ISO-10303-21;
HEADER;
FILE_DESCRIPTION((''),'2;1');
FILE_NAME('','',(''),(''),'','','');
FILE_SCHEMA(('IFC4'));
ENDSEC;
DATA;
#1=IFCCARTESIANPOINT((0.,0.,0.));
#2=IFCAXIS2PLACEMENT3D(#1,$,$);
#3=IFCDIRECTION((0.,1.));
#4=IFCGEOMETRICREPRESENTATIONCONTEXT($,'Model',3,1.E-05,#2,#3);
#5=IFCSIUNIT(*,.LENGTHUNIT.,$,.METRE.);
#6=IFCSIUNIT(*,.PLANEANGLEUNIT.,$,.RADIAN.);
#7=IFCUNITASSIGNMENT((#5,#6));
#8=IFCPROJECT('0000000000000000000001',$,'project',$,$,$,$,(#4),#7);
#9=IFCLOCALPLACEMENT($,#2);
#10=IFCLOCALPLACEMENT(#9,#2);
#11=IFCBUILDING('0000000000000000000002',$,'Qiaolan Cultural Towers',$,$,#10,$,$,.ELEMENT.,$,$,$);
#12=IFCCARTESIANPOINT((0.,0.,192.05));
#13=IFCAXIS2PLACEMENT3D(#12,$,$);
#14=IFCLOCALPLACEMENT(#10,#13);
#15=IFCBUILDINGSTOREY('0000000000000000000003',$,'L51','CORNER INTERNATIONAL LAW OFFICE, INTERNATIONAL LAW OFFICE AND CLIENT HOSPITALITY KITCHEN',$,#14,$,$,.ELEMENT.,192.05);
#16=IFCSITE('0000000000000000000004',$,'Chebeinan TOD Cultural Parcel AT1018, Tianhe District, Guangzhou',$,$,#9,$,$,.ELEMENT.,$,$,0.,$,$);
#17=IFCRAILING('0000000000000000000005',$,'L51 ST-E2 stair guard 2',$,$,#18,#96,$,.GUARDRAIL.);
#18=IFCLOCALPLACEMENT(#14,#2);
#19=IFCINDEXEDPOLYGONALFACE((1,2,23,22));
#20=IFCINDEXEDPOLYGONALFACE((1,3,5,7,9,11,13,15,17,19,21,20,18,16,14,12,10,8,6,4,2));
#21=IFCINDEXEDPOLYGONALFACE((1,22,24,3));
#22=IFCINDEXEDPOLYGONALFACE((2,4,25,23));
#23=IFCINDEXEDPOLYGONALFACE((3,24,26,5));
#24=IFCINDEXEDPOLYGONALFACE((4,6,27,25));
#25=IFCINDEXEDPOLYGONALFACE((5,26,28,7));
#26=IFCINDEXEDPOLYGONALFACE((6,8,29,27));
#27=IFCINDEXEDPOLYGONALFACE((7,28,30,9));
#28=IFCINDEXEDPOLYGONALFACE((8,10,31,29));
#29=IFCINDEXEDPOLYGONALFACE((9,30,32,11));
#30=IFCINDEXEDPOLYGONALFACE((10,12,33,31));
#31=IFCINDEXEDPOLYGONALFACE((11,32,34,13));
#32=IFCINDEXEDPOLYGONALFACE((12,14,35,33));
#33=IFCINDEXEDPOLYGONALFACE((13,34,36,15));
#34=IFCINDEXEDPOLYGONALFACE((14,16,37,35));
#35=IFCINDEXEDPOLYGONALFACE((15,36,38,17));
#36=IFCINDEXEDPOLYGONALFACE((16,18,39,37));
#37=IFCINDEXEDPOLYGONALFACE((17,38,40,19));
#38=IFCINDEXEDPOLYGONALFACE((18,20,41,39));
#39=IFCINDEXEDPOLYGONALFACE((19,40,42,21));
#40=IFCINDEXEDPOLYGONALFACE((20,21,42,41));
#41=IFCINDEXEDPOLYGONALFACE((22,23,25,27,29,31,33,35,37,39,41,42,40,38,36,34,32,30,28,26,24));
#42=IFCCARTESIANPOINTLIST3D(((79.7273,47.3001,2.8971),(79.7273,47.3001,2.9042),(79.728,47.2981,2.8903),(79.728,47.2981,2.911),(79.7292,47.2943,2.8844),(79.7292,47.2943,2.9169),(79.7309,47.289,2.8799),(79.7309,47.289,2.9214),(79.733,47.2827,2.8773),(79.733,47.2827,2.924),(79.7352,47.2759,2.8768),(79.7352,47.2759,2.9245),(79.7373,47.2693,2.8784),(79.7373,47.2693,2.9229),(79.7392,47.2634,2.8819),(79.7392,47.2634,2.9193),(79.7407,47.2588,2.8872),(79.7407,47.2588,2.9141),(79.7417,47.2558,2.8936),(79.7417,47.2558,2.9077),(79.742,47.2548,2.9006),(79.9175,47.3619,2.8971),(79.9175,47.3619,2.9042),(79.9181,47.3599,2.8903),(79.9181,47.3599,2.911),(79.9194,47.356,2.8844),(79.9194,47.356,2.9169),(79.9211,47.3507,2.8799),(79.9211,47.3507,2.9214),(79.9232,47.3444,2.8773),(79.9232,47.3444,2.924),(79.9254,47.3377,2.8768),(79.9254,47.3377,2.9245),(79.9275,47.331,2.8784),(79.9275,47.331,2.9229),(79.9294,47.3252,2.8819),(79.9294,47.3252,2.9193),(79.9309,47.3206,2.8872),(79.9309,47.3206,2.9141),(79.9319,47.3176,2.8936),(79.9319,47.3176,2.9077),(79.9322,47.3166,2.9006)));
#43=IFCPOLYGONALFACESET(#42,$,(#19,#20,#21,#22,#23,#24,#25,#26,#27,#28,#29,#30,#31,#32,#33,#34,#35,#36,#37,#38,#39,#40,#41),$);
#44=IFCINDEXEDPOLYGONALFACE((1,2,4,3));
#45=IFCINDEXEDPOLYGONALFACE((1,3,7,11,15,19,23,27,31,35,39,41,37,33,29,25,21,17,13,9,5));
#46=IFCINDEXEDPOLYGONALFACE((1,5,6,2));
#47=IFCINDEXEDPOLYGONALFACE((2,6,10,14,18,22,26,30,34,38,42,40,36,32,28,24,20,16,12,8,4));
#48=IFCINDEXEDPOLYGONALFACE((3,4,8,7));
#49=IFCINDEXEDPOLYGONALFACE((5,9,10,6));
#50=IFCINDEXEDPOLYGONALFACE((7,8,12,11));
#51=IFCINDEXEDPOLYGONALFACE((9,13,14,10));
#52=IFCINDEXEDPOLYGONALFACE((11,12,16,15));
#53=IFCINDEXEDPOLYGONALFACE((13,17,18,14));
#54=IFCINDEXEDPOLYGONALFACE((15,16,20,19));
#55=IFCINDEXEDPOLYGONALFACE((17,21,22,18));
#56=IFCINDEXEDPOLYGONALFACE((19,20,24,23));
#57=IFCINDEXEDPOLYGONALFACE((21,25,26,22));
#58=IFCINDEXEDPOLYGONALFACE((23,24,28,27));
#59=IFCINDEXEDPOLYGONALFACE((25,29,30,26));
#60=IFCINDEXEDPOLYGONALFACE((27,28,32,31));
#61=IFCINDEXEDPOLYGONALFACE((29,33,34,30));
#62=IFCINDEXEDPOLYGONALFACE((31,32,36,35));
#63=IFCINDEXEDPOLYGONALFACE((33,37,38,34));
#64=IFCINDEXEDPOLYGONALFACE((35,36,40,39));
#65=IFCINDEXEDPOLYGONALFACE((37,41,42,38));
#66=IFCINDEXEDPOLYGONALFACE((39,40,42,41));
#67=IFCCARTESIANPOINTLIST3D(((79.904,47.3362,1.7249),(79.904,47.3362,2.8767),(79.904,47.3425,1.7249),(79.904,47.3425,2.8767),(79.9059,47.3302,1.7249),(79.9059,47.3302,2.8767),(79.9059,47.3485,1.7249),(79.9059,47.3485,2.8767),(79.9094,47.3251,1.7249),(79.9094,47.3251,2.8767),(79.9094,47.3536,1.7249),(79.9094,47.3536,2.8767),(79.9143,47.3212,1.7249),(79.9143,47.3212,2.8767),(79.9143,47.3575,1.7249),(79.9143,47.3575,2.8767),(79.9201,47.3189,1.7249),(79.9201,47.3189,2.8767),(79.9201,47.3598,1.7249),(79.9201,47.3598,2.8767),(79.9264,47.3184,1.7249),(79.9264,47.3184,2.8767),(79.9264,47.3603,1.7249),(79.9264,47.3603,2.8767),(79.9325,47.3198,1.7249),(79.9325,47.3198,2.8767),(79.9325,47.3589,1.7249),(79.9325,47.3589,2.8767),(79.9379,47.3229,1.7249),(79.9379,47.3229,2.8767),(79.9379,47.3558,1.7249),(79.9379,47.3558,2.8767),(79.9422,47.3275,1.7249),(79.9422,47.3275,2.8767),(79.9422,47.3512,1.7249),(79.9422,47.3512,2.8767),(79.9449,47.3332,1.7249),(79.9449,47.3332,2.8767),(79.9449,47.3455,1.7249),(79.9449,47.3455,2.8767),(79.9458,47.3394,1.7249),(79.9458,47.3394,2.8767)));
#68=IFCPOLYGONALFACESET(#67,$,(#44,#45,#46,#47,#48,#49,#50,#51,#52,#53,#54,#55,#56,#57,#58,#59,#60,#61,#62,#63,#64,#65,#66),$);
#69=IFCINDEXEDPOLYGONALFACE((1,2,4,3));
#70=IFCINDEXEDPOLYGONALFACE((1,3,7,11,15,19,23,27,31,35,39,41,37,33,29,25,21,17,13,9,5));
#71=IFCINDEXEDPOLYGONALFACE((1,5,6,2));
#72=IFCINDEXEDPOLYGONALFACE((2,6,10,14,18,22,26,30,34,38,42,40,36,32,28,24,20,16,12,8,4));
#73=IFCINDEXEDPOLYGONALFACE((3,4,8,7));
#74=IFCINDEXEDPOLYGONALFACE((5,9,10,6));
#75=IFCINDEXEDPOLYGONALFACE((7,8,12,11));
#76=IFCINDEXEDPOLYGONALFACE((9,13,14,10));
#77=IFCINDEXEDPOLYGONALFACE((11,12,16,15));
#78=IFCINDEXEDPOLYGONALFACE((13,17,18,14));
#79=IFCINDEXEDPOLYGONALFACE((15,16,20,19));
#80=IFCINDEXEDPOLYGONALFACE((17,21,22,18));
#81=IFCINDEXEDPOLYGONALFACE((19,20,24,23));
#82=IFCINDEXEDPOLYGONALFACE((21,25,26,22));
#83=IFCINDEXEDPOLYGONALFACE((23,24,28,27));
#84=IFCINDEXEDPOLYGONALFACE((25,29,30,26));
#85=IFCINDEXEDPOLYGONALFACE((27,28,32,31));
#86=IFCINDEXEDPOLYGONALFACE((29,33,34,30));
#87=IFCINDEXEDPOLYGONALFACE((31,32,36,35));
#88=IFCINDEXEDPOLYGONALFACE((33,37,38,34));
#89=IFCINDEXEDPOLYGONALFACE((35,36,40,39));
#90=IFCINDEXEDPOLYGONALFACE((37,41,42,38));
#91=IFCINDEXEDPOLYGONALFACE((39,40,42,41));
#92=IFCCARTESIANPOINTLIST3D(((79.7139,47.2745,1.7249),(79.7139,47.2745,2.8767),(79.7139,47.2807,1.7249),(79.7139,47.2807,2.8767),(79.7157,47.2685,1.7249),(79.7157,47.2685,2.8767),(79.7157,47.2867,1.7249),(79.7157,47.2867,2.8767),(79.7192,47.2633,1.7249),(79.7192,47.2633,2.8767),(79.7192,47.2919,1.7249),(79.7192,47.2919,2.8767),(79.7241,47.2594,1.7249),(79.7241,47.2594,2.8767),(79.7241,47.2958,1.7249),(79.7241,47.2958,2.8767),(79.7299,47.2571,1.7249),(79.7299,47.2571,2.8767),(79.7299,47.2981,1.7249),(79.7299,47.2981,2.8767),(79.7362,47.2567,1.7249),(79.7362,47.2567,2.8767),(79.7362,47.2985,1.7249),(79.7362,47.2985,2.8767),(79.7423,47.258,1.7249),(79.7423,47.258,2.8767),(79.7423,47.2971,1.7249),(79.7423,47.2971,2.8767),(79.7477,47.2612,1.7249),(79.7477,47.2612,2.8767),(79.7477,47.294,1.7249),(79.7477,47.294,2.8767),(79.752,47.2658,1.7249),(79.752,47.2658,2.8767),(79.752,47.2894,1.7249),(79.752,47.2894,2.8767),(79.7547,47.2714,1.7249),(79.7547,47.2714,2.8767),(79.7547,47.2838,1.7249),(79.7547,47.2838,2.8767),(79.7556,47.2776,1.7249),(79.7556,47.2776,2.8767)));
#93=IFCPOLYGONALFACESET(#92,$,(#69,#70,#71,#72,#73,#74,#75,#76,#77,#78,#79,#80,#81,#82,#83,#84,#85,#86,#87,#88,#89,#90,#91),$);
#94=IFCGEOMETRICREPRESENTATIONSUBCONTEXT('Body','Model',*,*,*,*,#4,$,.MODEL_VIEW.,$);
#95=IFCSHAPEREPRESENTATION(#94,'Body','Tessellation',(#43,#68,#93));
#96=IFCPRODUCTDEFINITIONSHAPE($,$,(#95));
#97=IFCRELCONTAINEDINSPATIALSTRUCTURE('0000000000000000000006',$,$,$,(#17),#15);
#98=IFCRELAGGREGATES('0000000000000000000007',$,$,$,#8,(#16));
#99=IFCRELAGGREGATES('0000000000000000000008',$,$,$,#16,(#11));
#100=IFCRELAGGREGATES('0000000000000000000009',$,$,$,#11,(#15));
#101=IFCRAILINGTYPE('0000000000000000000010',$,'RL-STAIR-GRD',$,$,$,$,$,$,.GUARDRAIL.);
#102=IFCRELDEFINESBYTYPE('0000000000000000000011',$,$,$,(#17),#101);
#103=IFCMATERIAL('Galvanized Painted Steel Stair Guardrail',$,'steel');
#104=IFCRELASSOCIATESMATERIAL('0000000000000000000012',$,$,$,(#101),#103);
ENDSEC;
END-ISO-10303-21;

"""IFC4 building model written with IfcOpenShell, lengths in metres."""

from ifc_helpers import new_model, si_unit, direction, frame, origin, origin_2d, place, context, subcontext, project, spatial, circle, extrude, material, type_object, element, save


model = new_model("IFC4")

# Units and contexts
model_context = context("Model", 3, precision=1e-05, world=origin(), true_north=direction((0.0, 1.0)))
body_context = subcontext(model_context, "Body", "Model", "MODEL_VIEW")
ifc_project = project(units=[si_unit("LENGTHUNIT", "METRE"), si_unit("PLANEANGLEUNIT", "RADIAN")], contexts=[model_context])

# Site, building, storey
site_placement = place(None, origin())
site = spatial("IfcSite", under=ifc_project, at=site_placement, Name="Chebeinan TOD Cultural Parcel AT1018, Tianhe District, Guangzhou", CompositionType="ELEMENT", RefElevation=0.0)
building_placement = place(site_placement, origin())
building = spatial("IfcBuilding", under=site, at=building_placement, Name="Qiaolan Cultural Towers", CompositionType="ELEMENT")
storey_placement = place(building_placement, frame((0.0, 0.0, 192.05)))
storey = spatial("IfcBuildingStorey", under=building, at=storey_placement, Name="L51", Description="CORNER INTERNATIONAL LAW OFFICE, INTERNATIONAL LAW OFFICE AND CLIENT HOSPITALITY KITCHEN", CompositionType="ELEMENT", Elevation=192.05)

# Railing
ifc_material_1 = material(Name="Galvanized Painted Steel Stair Guardrail", Category="steel")
railing_type_1 = type_object("IfcRailingType", Name="RL-STAIR-GRD", PredefinedType="GUARDRAIL", material=ifc_material_1)
railing_1_placement = place(storey_placement, frame((79.9248, 47.3394, 1.7249)))
element("IfcRailing", 1, at=railing_1_placement, inside=storey, type_object=railing_type_1, Name="L51 ST-E2 stair guard 2", PredefinedType="GUARDRAIL", context=body_context, shape_type="SweptSolid", body=[
    extrude(circle(Radius=0.0239, at=origin_2d()), frame((0.0, 0.0, 1.1758), z_axis=(-0.951097, -0.308893, 0.0), x_axis=(0.308893, -0.951097, 0.0)), (0.0, 0.0, 1.0), 0.2),
    extrude(circle(Radius=0.021, at=origin_2d()), origin(), (0.0, 0.0, 1.0), 1.1519),
    extrude(circle(Radius=0.021, at=origin_2d()), frame((-0.1902, -0.0618, 0.0)), (0.0, 0.0, 1.0), 1.1519),
])

save(model, "model.ifc")
